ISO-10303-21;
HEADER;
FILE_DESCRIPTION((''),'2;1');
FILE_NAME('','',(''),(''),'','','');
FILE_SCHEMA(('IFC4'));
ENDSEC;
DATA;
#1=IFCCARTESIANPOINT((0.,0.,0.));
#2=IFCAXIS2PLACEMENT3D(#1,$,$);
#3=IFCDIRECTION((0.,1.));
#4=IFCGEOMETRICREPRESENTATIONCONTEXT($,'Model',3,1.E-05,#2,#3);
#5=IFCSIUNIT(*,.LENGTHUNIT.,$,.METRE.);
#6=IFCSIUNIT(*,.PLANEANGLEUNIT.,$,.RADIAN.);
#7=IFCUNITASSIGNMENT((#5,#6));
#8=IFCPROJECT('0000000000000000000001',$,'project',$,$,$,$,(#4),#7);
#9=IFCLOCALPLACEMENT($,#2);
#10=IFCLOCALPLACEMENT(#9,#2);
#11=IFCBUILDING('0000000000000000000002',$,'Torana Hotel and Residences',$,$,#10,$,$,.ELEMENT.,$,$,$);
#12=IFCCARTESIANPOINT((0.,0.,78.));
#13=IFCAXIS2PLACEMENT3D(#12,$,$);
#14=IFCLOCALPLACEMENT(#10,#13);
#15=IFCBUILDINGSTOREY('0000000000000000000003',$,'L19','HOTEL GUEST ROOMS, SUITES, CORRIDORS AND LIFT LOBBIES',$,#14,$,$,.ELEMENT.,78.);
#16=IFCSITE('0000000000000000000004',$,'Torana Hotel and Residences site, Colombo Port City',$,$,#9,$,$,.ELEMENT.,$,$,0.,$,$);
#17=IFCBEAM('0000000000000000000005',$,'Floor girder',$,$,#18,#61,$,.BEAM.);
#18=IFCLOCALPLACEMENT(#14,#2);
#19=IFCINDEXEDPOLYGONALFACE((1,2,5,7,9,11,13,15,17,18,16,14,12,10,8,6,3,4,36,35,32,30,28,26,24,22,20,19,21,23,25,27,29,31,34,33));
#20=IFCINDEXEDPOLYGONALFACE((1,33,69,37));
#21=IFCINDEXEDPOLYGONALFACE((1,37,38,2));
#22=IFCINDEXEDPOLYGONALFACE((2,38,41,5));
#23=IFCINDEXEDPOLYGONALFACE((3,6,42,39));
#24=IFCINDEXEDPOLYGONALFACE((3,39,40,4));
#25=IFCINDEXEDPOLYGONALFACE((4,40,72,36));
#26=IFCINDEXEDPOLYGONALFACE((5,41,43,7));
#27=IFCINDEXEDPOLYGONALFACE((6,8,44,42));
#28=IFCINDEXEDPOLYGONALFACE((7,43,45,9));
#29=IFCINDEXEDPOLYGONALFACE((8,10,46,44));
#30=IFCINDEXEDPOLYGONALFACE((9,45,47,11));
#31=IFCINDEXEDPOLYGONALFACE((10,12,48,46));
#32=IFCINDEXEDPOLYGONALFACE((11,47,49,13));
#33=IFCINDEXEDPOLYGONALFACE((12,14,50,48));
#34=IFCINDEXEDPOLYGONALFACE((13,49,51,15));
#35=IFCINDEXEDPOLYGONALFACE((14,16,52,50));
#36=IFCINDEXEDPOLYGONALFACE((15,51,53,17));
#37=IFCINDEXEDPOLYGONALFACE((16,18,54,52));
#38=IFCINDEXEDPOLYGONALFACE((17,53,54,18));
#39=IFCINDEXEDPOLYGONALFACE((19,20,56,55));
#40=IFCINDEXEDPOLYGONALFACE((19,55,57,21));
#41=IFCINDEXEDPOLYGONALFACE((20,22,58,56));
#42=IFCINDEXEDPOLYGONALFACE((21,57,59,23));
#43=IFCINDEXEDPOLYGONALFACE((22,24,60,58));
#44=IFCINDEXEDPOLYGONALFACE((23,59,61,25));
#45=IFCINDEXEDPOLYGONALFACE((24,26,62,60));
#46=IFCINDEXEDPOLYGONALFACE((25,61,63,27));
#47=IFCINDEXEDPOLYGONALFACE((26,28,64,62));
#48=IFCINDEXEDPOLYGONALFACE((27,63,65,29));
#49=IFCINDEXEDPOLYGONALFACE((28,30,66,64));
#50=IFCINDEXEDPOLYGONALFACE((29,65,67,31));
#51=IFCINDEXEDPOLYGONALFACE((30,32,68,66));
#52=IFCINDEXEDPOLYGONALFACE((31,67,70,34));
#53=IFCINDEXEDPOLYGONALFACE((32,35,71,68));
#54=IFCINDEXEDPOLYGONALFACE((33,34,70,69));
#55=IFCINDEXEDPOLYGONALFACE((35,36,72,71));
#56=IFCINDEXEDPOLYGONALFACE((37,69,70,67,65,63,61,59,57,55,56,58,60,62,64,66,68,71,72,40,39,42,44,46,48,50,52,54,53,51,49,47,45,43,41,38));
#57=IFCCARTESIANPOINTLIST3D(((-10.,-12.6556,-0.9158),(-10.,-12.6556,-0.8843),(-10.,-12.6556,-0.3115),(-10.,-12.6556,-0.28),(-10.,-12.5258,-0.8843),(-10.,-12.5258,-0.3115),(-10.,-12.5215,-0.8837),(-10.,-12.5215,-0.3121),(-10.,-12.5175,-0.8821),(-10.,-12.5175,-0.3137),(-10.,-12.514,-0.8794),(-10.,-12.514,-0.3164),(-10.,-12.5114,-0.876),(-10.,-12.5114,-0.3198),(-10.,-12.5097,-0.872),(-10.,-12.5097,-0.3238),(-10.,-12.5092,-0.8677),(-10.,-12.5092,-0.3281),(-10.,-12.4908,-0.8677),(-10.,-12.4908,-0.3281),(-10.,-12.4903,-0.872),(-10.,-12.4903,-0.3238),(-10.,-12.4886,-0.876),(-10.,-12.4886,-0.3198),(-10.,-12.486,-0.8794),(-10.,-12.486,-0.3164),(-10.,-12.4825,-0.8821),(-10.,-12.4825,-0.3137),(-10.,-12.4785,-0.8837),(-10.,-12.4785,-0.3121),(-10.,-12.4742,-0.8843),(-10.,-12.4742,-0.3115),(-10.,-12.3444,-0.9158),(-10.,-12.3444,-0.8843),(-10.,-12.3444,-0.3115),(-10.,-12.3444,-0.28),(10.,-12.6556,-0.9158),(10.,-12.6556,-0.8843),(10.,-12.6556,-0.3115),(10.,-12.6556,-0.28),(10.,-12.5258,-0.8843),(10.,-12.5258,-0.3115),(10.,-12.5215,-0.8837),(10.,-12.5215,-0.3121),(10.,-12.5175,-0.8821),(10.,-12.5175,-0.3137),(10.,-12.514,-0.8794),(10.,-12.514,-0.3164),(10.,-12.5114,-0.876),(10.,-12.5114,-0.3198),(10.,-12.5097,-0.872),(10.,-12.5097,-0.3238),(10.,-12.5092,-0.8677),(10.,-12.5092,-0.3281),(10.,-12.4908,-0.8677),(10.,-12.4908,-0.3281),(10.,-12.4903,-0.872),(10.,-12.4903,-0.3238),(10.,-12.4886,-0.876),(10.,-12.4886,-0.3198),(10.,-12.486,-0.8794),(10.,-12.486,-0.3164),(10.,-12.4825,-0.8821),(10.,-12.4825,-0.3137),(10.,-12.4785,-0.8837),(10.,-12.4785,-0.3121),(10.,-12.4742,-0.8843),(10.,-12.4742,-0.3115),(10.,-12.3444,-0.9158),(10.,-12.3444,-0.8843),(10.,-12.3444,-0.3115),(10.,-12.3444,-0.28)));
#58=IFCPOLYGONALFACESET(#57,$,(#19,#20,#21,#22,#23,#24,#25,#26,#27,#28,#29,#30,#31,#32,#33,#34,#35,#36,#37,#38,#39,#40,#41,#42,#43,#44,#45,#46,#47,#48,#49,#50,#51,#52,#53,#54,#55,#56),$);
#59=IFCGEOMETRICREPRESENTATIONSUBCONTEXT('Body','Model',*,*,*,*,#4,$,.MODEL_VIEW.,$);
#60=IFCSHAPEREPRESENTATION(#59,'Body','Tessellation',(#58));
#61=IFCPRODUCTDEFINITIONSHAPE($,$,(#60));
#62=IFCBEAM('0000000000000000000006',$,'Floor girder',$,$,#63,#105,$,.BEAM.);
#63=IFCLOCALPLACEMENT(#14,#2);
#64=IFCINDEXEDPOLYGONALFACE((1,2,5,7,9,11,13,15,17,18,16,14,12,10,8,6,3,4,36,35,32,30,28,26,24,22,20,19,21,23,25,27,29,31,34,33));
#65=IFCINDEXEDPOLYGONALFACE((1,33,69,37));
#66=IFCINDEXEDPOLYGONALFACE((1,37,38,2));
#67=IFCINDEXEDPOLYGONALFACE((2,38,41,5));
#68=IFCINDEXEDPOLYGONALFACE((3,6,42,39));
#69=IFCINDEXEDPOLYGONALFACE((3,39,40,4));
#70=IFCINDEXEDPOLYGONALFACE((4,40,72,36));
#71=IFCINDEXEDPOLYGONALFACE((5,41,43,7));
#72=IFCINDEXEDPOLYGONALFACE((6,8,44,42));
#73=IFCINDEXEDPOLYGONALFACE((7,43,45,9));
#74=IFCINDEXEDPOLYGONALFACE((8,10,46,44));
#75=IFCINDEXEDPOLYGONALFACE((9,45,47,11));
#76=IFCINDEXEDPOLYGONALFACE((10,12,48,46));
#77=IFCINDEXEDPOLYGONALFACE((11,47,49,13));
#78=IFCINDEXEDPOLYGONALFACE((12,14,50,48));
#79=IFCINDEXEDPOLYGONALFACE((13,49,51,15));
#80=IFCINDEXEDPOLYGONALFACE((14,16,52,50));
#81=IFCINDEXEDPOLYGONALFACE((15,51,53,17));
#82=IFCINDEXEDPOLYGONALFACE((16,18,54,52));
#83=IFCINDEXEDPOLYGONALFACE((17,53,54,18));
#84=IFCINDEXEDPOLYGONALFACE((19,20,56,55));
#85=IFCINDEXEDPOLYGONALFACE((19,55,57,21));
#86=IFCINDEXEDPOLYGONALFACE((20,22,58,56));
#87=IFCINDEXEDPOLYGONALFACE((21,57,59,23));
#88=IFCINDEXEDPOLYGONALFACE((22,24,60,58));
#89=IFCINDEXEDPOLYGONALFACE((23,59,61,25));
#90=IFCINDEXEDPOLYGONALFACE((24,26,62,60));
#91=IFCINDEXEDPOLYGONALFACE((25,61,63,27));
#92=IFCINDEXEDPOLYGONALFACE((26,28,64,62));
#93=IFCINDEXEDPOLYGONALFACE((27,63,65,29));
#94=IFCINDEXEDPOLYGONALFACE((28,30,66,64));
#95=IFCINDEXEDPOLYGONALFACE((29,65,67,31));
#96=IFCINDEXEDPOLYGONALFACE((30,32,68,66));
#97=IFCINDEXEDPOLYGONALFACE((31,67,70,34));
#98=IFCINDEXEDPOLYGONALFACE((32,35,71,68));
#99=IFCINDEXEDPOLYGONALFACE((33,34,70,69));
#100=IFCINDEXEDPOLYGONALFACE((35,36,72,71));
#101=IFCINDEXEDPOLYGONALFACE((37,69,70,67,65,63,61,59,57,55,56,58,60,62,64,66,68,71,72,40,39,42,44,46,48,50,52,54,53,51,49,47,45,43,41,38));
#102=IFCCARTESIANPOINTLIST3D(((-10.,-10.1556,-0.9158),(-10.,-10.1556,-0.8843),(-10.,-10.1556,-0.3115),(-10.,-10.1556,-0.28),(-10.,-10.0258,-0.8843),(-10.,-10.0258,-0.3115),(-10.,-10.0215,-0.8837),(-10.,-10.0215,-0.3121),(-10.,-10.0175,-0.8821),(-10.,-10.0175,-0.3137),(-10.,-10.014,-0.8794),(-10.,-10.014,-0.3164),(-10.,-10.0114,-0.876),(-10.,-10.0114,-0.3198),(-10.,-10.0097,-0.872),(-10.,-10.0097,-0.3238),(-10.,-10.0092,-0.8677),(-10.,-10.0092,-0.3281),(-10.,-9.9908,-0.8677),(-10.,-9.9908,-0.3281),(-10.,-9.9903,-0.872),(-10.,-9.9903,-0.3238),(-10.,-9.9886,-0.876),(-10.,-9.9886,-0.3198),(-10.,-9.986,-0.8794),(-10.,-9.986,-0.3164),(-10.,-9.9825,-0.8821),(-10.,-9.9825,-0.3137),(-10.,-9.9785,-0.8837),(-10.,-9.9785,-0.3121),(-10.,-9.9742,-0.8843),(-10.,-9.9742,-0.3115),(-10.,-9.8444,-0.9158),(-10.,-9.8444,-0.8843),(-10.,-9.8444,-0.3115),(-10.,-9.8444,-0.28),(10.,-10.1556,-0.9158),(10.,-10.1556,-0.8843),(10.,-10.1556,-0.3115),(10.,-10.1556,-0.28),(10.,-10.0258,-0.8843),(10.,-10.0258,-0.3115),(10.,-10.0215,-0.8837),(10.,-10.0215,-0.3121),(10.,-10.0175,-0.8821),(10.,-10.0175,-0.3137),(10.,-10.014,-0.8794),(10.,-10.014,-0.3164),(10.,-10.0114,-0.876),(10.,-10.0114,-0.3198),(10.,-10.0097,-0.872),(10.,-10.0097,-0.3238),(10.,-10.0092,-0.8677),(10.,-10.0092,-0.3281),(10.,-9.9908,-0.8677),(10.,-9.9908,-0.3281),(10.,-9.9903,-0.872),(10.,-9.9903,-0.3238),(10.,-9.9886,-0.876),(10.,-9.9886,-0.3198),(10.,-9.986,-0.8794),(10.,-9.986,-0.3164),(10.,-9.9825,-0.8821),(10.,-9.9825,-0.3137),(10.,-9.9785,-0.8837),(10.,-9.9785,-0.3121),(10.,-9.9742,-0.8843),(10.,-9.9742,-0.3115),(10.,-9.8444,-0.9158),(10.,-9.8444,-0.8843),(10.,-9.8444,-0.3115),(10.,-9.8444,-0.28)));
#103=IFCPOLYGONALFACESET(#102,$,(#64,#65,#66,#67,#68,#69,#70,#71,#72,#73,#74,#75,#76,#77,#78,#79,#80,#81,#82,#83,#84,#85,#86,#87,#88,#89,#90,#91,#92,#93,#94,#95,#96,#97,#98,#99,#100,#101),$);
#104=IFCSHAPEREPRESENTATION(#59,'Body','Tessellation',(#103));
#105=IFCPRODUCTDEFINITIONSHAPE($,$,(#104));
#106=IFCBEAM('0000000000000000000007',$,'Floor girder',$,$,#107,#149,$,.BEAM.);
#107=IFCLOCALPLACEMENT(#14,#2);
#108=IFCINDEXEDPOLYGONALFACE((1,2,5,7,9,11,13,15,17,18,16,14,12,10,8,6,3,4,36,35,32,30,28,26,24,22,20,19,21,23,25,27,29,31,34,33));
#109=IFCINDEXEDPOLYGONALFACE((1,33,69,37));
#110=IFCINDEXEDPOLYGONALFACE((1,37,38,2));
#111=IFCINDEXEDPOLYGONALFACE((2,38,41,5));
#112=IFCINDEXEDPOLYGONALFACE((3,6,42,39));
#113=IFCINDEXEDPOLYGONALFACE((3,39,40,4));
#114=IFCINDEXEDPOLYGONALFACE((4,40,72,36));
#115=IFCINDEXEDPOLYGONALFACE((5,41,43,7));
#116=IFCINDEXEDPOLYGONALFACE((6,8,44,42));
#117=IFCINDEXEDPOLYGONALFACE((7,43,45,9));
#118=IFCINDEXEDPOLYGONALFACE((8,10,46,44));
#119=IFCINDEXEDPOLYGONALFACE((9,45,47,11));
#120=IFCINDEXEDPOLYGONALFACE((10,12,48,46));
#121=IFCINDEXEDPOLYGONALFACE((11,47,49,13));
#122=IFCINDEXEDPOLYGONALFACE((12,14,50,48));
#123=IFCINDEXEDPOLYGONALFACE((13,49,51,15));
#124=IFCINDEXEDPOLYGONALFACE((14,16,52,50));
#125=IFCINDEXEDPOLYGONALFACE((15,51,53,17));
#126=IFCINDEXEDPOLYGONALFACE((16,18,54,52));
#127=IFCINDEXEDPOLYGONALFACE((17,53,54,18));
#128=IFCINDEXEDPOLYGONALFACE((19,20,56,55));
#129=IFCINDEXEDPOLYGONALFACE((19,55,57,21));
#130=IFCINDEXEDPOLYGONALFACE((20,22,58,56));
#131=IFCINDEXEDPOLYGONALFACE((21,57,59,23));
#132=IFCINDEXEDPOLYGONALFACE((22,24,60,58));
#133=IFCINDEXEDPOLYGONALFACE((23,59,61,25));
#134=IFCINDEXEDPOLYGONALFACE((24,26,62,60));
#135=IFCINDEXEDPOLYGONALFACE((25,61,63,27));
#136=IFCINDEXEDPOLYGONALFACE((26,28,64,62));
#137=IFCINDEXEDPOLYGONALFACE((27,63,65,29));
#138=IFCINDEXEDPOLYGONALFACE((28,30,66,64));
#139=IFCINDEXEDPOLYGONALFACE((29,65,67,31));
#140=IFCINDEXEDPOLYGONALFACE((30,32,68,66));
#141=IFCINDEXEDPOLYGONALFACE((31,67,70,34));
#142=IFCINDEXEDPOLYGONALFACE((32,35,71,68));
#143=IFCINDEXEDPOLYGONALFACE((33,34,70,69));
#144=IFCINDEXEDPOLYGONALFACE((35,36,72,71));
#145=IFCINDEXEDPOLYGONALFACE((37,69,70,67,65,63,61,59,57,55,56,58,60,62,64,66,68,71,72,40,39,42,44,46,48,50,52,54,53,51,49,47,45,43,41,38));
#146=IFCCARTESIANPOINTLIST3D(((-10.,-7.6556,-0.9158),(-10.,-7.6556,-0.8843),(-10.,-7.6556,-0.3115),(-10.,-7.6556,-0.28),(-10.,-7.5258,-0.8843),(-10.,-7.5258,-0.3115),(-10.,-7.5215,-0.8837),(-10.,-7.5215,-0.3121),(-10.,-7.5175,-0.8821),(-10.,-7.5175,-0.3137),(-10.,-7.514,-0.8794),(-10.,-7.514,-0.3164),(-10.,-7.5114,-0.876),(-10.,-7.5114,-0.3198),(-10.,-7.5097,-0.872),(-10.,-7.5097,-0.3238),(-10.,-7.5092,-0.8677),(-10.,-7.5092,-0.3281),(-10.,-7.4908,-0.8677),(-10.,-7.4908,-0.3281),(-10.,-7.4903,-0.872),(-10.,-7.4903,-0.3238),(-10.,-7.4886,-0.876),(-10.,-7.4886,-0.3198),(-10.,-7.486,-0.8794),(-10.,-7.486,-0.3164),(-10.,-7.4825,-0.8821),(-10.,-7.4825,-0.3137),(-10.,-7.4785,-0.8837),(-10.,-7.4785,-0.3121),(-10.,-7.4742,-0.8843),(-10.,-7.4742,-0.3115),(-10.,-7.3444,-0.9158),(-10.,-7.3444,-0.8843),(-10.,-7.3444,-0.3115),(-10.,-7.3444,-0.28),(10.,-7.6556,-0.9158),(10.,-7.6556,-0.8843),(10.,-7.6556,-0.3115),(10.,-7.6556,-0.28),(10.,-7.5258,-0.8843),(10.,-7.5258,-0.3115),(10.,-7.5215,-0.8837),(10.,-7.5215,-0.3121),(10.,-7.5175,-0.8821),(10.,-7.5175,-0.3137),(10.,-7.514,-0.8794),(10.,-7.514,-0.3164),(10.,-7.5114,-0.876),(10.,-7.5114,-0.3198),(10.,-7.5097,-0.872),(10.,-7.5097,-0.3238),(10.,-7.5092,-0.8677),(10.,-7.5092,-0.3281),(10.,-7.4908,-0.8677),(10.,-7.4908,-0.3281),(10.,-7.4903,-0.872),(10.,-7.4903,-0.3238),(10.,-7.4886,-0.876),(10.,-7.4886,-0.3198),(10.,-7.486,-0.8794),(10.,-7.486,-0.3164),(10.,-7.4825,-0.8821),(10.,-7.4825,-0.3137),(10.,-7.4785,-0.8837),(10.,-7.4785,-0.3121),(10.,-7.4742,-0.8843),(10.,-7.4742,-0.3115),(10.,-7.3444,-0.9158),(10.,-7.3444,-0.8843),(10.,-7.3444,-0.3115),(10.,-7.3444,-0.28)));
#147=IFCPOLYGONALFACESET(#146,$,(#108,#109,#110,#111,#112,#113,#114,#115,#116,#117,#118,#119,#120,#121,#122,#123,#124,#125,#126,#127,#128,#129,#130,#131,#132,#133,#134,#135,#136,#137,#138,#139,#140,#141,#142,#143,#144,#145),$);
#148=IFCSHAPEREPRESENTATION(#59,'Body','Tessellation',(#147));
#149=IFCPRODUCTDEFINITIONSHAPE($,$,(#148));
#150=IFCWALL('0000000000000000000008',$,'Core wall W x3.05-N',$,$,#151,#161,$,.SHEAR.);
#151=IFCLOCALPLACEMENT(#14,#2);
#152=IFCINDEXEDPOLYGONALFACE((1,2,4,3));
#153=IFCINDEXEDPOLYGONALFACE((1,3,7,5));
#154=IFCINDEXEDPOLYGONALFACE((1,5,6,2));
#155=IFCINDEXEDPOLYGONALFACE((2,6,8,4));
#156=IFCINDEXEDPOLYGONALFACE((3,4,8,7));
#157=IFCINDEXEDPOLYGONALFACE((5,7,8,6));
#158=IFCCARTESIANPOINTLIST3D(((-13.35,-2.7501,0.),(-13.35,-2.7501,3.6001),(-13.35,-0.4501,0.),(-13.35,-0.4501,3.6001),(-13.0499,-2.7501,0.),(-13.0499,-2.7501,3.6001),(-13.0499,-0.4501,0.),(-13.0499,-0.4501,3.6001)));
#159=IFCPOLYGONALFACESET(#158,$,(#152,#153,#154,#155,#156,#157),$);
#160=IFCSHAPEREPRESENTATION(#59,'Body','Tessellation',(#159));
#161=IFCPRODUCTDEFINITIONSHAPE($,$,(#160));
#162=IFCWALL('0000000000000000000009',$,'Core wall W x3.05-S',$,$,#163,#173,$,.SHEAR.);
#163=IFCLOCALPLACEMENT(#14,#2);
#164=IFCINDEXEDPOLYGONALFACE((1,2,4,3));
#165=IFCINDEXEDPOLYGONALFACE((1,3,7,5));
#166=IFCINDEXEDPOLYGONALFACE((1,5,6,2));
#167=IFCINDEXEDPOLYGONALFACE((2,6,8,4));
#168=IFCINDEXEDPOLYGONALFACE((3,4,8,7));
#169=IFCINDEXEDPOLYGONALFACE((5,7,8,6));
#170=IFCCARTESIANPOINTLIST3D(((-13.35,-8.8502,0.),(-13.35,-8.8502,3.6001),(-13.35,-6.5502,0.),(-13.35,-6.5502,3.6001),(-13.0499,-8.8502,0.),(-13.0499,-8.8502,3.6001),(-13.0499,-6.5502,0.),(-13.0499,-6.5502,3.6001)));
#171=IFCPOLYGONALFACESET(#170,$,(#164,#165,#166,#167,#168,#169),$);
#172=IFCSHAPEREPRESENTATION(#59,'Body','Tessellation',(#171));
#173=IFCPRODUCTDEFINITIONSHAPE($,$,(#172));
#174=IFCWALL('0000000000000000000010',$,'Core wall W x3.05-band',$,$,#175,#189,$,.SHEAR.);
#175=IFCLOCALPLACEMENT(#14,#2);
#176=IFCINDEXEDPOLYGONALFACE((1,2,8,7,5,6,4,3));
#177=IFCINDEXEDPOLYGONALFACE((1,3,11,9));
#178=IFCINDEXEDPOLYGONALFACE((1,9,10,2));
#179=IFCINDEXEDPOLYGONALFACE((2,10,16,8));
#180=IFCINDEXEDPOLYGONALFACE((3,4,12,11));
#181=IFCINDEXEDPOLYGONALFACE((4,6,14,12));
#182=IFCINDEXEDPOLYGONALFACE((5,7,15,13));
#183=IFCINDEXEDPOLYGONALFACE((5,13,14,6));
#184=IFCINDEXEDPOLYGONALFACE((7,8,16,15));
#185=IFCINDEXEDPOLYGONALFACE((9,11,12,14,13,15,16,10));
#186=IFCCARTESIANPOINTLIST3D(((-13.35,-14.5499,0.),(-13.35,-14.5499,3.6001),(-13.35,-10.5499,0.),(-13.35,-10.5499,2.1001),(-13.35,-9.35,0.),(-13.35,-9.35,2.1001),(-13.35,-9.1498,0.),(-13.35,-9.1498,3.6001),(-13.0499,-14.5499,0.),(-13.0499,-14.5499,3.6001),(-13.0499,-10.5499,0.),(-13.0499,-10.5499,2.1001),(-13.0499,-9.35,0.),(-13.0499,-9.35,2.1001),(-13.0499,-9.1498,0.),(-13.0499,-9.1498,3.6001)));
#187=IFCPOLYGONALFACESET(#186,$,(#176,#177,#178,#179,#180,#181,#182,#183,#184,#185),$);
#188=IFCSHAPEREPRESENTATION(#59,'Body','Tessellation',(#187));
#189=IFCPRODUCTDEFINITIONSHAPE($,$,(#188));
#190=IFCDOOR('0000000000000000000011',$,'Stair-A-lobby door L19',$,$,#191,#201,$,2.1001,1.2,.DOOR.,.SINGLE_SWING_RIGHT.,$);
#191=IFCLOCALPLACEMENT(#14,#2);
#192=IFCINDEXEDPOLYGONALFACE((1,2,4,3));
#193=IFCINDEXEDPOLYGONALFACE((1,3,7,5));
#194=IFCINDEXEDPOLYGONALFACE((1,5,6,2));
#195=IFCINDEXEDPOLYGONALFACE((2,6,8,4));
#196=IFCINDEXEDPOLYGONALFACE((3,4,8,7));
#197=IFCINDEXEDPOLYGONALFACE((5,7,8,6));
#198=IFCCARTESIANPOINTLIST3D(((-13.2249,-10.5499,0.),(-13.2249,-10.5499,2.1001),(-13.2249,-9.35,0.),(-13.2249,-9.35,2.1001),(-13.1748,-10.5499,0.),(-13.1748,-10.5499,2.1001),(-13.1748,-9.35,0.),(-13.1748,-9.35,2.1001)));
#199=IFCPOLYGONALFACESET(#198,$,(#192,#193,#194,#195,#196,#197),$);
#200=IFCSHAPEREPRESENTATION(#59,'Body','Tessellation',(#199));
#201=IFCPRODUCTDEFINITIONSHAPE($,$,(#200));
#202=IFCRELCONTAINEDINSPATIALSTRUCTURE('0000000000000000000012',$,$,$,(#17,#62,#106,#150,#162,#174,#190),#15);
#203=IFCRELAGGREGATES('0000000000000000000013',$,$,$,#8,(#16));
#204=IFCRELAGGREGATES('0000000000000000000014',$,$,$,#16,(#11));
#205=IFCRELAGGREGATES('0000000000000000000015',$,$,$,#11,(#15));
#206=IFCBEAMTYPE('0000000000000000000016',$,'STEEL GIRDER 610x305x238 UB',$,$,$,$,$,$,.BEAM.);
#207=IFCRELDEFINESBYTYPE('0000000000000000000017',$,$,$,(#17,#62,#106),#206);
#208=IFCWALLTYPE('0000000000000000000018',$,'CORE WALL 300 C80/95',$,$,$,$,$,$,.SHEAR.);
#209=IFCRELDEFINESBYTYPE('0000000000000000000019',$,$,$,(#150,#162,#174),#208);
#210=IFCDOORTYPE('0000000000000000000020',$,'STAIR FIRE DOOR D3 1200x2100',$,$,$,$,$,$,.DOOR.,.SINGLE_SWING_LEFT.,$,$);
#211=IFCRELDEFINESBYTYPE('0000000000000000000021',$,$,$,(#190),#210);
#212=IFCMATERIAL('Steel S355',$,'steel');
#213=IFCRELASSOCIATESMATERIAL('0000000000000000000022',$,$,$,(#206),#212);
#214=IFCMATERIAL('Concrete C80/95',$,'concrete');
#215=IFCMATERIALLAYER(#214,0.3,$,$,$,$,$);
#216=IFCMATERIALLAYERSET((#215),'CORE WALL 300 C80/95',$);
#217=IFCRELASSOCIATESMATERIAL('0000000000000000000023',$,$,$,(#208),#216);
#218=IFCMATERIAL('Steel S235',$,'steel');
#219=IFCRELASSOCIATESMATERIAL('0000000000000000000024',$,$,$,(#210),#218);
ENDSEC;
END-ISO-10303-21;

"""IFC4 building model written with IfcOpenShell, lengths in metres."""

from ifc_helpers import new_model, si_unit, direction, frame, frame_2d, origin, origin_2d, place, context, subcontext, project, spatial, rectangle, i_section, extrude, material, layer, layer_set, material_profile, profile_set, type_object, element, fill, save


model = new_model("IFC4")

# Units and contexts
model_context = context("Model", 3, precision=1e-05, world=origin(), true_north=direction((0.0, 1.0)))
body_context = subcontext(model_context, "Body", "Model", "MODEL_VIEW")
ifc_project = project(units=[si_unit("LENGTHUNIT", "METRE"), si_unit("PLANEANGLEUNIT", "RADIAN")], contexts=[model_context])

# Site, building, storey
site_placement = place(None, origin())
site = spatial("IfcSite", under=ifc_project, at=site_placement, Name="Torana Hotel and Residences site, Colombo Port City", CompositionType="ELEMENT", RefElevation=0.0)
building_placement = place(site_placement, origin())
building = spatial("IfcBuilding", under=site, at=building_placement, Name="Torana Hotel and Residences", CompositionType="ELEMENT")
storey_placement = place(building_placement, frame((0.0, 0.0, 78.0)))
storey = spatial("IfcBuildingStorey", under=building, at=storey_placement, Name="L19", Description="HOTEL GUEST ROOMS, SUITES, CORRIDORS AND LIFT LOBBIES", CompositionType="ELEMENT", Elevation=78.0)

# Beams
ifc_material_1 = material(Name="Steel S355", Category="steel")
ifc_material_profile = material_profile(ifc_material_1, i_section(OverallWidth=0.3113, OverallDepth=0.6357, WebThickness=0.0183, FlangeThickness=0.0315, FilletRadius=0.0166, at=origin_2d()), Name="610x305x238 UB")
ifc_profile_set = profile_set([ifc_material_profile], Name="Steel S355")
beam_type = type_object("IfcBeamType", Name="STEEL GIRDER 610x305x238 UB", PredefinedType="BEAM", material=ifc_profile_set)
for number, where, z_axis, x_axis, name in (
    (1, (-10.0, -12.5, -0.5979), (1.0, 0.0, 0.0), (0.0, 1.0, 0.0), "Floor girder"),
    (2, (-10.0, -10.0, -0.5979), (1.0, 0.0, 0.0), (0.0, 1.0, 0.0), "Floor girder"),
    (3, (-10.0, -7.5, -0.5979), (1.0, 0.0, 0.0), (0.0, 1.0, 0.0), "Floor girder"),
):
    element("IfcBeam", number, at=place(storey_placement, frame(where, z_axis=z_axis, x_axis=x_axis)), inside=storey, type_object=beam_type, Name=name, PredefinedType="BEAM", context=body_context, shape_type="SweptSolid", body=[
        extrude(i_section(OverallWidth=0.3113, OverallDepth=0.6357, WebThickness=0.0183, FlangeThickness=0.0315, FilletRadius=0.0166, at=origin_2d()), origin(), (0.0, 0.0, 1.0), 20.0),
    ])

# Walls
ifc_material_2 = material(Name="Concrete C80/95", Category="concrete")
ifc_layer_1 = layer(ifc_material_2, 0.3)
ifc_layer_set_1 = layer_set([ifc_layer_1], Name="CORE WALL 300 C80/95")
wall_type_1 = type_object("IfcWallType", Name="CORE WALL 300 C80/95", PredefinedType="SHEAR", material=ifc_layer_set_1)
for number, where, z_axis, x_axis, name in (
    (4, (-13.2, -2.75, 0.0), (0.0, 0.0, 1.0), (0.0, 1.0, 0.0), "Core wall W x3.05-N"),
    (5, (-13.2, -8.8501, 0.0), (0.0, 0.0, 1.0), (0.0, 1.0, 0.0), "Core wall W x3.05-S"),
):
    element("IfcWall", number, at=place(storey_placement, frame(where, z_axis=z_axis, x_axis=x_axis)), inside=storey, type_object=wall_type_1, Name=name, PredefinedType="SHEAR", context=body_context, shape_type="SweptSolid", body=[
        extrude(rectangle(XDim=2.3, YDim=0.3, at=frame_2d((1.1499, 0.0))), origin(), (0.0, 0.0, 1.0), 3.6001),
    ])

# Wall, opening, door
wall_1_placement = place(storey_placement, frame((-13.2, -14.55, 0.0), z_axis=(0.0, 0.0, 1.0), x_axis=(0.0, 1.0, 0.0)))
wall_1 = element("IfcWall", 6, at=wall_1_placement, inside=storey, type_object=wall_type_1, Name="Core wall W x3.05-band", PredefinedType="SHEAR", context=body_context, shape_type="SweptSolid", body=[
    extrude(rectangle(XDim=5.4001, YDim=0.3, at=frame_2d((2.7002, 0.0))), origin(), (0.0, 0.0, 1.0), 3.6001),
])
opening_1_placement = place(wall_1_placement, frame((4.0, 0.0, 0.0)))
opening_1 = element("IfcOpeningElement", 7, at=opening_1_placement, cuts=wall_1, PredefinedType="OPENING", context=body_context, shape_type="SweptSolid", body=[
    extrude(rectangle(XDim=1.2, YDim=2.1001, at=frame_2d((0.6001, 1.05))), frame((0.0, 0.1599, 0.0), z_axis=(0.0, -1.0, 0.0), x_axis=(1.0, 0.0, 0.0)), (0.0, 0.0, 1.0), 0.3201),
])
ifc_material_3 = material(Name="Steel S235", Category="steel")
door_type_1 = type_object("IfcDoorType", Name="STAIR FIRE DOOR D3 1200x2100", OperationType="SINGLE_SWING_LEFT", PredefinedType="DOOR", material=ifc_material_3)
door_1_placement = place(opening_1_placement, frame((0.6001, 0.0, 0.0), z_axis=(0.0, 0.0, 1.0), x_axis=(-1.0, 0.0, 0.0)))
door_1 = element("IfcDoor", 8, at=door_1_placement, inside=storey, type_object=door_type_1, Name="Stair-A-lobby door L19", OperationType="SINGLE_SWING_RIGHT", OverallHeight=2.1001, OverallWidth=1.2, PredefinedType="DOOR", context=body_context, shape_type="SweptSolid", body=[
    extrude(rectangle(XDim=1.2, YDim=2.1001, at=frame_2d((0.0, 1.05))), frame((0.0, -0.0249, 0.0), z_axis=(0.0, 1.0, 0.0), x_axis=(-1.0, 0.0, 0.0)), (0.0, 0.0, 1.0), 0.05),
])
fill(opening_1, door_1)

save(model, "model.ifc")
